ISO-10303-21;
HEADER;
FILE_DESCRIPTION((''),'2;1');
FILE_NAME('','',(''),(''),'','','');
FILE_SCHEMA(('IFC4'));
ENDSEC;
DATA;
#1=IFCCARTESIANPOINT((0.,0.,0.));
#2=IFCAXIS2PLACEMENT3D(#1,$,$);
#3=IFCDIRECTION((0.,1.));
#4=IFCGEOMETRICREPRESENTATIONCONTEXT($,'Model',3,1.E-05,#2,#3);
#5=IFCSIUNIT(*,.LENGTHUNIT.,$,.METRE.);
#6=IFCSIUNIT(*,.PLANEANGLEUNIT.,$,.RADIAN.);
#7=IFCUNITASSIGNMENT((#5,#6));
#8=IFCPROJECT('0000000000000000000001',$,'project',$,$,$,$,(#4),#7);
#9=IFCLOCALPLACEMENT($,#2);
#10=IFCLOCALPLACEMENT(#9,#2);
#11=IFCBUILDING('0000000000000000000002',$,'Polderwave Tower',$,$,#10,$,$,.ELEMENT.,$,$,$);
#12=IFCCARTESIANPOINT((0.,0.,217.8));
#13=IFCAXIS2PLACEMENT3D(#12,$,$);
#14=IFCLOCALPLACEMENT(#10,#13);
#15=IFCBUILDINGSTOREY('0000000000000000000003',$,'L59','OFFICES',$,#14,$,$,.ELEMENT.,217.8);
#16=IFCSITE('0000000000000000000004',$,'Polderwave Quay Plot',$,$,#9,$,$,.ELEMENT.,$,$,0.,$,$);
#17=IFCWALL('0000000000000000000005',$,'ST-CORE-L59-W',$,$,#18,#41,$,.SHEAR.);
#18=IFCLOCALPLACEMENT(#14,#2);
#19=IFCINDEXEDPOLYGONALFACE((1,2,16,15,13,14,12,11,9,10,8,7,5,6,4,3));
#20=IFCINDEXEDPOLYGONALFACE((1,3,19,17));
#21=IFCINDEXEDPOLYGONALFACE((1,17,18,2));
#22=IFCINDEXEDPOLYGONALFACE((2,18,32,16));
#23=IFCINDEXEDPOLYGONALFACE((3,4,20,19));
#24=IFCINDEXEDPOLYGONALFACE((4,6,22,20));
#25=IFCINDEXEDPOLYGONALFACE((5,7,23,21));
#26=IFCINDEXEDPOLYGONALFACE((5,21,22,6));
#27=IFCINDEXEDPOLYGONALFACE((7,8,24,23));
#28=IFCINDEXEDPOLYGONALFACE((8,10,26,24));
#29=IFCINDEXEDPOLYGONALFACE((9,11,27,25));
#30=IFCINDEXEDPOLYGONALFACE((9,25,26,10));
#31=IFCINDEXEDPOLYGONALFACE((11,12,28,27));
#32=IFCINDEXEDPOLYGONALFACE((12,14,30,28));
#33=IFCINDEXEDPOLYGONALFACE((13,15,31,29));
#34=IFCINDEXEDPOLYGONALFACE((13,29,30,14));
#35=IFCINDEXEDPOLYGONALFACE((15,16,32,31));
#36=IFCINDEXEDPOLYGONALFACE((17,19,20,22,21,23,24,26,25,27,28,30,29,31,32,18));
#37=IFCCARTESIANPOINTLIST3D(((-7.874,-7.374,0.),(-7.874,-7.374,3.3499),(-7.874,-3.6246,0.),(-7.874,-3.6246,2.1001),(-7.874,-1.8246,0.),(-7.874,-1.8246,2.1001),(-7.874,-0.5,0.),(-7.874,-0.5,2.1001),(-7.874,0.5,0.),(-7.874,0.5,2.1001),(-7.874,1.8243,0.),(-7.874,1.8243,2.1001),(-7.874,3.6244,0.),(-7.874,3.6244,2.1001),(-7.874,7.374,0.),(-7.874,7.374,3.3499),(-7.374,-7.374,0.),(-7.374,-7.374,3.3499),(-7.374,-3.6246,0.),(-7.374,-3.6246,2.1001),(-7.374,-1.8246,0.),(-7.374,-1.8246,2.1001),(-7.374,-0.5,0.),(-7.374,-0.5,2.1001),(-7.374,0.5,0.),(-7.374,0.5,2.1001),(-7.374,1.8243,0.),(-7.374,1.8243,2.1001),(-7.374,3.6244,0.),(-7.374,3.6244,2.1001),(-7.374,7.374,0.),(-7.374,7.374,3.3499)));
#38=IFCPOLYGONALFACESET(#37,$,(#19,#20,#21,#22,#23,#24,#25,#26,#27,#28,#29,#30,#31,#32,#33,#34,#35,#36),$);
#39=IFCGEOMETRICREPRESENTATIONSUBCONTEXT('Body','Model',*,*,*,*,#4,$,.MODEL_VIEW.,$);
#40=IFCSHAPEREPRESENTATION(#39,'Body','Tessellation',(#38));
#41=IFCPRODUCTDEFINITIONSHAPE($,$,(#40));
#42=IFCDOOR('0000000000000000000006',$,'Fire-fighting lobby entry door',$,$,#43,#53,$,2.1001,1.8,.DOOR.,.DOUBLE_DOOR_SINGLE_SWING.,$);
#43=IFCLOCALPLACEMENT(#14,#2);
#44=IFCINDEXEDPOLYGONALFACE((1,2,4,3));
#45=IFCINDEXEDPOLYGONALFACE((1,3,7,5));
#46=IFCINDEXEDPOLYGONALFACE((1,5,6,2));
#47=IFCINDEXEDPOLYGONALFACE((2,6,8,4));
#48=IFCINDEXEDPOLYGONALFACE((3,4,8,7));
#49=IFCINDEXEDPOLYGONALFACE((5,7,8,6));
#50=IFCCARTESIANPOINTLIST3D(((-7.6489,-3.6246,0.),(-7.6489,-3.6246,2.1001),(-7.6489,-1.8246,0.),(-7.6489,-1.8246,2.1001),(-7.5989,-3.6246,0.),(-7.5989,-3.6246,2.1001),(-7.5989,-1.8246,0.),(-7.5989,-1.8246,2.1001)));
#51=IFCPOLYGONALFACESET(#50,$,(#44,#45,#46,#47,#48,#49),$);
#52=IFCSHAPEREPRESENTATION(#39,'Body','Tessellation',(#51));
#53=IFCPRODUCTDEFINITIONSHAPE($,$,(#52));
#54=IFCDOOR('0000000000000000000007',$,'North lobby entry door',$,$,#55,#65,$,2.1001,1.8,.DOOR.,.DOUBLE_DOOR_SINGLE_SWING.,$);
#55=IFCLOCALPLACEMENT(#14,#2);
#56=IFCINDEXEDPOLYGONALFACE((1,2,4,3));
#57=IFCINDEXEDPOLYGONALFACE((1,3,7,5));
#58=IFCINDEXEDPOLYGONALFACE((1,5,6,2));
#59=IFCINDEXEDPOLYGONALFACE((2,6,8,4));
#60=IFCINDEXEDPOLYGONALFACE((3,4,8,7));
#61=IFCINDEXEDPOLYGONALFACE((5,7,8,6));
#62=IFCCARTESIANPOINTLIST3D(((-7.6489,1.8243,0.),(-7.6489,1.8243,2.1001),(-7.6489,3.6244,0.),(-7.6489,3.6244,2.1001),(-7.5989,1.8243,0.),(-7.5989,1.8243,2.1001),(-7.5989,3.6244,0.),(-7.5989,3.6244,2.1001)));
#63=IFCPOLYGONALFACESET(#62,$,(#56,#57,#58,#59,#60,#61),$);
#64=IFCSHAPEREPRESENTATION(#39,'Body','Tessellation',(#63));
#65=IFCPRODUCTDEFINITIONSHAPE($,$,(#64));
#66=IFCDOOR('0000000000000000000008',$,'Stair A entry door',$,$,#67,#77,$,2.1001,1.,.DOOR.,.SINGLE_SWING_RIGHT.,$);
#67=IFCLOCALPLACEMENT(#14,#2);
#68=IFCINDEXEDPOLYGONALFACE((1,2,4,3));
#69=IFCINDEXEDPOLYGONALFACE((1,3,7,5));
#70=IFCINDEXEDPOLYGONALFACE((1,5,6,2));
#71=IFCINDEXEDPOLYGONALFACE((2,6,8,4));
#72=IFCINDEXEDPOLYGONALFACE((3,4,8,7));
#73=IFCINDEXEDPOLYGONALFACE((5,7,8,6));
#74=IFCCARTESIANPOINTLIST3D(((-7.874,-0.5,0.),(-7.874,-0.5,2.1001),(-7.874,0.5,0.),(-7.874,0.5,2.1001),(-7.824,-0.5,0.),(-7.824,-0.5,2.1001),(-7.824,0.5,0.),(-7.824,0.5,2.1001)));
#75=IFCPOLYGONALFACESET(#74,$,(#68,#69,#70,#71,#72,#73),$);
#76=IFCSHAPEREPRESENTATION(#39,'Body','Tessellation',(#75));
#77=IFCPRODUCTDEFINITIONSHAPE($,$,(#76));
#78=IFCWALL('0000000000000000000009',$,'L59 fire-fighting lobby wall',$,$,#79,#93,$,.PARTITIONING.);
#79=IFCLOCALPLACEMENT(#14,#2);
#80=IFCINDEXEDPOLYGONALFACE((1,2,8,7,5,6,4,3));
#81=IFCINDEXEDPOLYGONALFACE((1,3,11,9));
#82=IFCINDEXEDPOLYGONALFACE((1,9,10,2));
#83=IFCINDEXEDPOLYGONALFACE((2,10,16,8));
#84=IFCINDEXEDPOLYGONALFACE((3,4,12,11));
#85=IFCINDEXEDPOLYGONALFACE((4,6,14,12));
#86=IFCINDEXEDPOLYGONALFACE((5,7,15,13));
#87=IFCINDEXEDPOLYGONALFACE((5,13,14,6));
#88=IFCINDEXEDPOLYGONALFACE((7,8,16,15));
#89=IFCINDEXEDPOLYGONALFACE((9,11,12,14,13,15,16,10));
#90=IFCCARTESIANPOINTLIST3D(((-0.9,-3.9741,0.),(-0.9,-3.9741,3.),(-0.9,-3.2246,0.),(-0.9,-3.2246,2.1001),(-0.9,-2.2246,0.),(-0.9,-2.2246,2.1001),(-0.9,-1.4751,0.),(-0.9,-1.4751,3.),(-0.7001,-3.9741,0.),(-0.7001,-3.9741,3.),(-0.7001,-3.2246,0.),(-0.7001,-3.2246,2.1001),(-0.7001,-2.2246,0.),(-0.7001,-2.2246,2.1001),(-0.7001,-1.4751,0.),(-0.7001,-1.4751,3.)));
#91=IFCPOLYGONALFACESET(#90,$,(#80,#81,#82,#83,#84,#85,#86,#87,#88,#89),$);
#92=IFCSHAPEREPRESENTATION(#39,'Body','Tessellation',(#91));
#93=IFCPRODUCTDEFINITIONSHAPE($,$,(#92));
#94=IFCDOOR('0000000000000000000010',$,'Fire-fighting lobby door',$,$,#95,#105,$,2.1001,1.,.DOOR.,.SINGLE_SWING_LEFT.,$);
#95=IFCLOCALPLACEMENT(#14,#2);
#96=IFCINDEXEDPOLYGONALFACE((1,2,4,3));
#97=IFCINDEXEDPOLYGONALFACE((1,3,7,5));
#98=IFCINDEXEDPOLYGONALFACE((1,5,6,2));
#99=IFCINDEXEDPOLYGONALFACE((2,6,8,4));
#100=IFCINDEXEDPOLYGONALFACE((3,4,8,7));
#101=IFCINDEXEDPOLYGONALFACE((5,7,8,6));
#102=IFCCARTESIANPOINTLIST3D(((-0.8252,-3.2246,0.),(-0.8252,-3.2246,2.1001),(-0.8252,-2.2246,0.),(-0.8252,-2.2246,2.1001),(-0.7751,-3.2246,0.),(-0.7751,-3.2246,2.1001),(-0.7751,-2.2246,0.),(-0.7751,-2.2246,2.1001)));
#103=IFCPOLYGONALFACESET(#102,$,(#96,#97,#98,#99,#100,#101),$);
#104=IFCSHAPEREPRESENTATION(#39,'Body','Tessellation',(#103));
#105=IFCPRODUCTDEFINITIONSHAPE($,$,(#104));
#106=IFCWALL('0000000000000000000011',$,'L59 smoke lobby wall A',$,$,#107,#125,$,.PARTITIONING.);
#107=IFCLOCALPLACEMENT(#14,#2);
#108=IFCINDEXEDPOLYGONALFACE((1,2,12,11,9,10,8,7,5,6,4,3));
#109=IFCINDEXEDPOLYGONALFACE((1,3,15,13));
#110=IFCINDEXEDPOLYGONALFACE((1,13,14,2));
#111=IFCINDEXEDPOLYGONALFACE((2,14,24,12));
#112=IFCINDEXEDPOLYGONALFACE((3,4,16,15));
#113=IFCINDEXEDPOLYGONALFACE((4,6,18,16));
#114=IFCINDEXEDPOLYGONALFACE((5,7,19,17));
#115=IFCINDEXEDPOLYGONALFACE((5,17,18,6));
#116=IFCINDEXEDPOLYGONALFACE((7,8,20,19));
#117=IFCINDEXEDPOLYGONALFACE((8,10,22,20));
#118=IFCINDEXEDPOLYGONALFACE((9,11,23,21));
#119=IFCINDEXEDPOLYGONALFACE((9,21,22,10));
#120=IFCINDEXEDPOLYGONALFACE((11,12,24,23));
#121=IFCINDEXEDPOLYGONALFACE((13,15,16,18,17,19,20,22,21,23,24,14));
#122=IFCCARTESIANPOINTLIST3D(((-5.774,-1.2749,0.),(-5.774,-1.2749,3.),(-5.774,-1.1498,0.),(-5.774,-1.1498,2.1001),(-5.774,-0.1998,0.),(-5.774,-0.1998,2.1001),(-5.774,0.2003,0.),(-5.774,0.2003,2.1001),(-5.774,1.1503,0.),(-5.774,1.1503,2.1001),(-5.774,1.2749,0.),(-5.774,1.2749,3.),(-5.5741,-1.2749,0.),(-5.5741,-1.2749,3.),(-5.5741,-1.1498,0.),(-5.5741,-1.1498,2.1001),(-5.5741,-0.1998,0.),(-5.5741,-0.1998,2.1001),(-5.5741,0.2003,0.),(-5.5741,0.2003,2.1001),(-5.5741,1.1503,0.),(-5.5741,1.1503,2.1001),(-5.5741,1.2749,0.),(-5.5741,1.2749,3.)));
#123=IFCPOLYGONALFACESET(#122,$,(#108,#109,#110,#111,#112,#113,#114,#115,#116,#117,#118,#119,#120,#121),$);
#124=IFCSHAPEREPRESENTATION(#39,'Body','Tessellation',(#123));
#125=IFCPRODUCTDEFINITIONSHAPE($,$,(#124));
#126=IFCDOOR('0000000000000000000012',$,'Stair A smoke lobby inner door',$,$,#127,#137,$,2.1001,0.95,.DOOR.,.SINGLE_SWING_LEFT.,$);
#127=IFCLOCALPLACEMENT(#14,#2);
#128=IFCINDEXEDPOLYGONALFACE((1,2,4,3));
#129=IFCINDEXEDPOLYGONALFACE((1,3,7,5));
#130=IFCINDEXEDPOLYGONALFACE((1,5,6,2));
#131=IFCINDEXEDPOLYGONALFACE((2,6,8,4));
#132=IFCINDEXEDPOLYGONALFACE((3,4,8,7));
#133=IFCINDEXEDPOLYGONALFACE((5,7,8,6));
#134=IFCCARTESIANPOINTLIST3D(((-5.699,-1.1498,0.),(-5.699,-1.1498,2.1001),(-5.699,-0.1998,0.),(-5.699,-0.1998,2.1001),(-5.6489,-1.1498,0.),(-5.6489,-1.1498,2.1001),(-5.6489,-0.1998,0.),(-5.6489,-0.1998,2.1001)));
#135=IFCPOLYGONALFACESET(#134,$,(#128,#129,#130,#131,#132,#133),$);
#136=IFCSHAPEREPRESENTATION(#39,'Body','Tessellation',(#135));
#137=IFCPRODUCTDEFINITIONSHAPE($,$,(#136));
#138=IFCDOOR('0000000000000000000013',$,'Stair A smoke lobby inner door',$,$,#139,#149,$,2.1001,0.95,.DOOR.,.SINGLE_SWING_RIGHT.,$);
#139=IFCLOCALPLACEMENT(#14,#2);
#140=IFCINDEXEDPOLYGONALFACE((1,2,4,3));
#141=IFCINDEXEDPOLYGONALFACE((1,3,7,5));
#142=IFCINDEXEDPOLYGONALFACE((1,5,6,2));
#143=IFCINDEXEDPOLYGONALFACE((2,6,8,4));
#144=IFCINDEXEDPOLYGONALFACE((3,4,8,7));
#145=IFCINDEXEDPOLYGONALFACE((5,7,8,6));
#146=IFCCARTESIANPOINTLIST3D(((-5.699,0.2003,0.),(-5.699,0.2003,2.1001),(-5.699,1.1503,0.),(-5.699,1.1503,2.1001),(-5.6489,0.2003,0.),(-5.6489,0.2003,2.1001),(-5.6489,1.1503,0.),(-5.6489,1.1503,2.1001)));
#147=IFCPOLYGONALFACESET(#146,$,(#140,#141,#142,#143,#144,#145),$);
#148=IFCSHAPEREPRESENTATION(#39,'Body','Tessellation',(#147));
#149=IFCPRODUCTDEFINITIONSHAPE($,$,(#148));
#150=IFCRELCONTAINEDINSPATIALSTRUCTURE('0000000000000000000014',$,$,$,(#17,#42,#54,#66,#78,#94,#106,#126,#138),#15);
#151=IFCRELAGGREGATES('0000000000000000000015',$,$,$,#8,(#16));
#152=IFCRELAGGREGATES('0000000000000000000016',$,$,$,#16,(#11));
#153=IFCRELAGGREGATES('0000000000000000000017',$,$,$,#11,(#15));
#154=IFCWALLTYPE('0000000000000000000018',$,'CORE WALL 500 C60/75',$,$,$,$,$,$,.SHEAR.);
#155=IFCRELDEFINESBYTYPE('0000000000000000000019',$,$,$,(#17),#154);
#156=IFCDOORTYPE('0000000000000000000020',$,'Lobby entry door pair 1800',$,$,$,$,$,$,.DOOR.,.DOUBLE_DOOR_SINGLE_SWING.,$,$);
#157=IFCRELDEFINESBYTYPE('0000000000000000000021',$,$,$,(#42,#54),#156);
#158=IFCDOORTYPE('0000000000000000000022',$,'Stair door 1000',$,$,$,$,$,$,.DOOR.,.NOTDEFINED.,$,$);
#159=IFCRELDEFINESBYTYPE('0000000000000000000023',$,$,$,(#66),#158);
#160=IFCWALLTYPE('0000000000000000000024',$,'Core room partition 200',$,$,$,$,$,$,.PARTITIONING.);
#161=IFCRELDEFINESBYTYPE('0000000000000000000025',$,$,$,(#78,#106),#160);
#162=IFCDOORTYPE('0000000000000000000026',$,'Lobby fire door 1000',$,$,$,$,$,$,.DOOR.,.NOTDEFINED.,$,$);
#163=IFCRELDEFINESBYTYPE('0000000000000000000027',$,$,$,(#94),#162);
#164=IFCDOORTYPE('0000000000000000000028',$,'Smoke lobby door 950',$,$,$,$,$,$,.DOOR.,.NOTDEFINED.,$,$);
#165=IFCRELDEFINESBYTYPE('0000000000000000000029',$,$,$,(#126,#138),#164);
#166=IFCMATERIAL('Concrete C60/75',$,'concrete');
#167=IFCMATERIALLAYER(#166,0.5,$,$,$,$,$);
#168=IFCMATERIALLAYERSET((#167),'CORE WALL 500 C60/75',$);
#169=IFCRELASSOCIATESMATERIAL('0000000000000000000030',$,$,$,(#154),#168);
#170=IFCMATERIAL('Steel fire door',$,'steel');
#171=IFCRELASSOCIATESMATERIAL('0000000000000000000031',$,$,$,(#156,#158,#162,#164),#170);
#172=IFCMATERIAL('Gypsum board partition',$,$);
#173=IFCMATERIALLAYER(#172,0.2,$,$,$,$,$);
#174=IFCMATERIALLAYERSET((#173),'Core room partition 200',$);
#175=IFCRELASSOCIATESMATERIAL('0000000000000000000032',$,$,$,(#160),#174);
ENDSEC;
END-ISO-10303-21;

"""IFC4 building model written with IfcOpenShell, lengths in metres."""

from ifc_helpers import new_model, si_unit, direction, frame, frame_2d, origin, place, context, subcontext, project, spatial, rectangle, extrude, material, layer, layer_set, type_object, element, fill, save


model = new_model("IFC4")

# Units and contexts
model_context = context("Model", 3, precision=1e-05, world=origin(), true_north=direction((0.0, 1.0)))
body_context = subcontext(model_context, "Body", "Model", "MODEL_VIEW")
ifc_project = project(units=[si_unit("LENGTHUNIT", "METRE"), si_unit("PLANEANGLEUNIT", "RADIAN")], contexts=[model_context])

# Site, building, storey
site_placement = place(None, origin())
site = spatial("IfcSite", under=ifc_project, at=site_placement, Name="Polderwave Quay Plot", CompositionType="ELEMENT", RefElevation=0.0)
building_placement = place(site_placement, origin())
building = spatial("IfcBuilding", under=site, at=building_placement, Name="Polderwave Tower", CompositionType="ELEMENT")
storey_placement = place(building_placement, frame((0.0, 0.0, 217.8)))
storey = spatial("IfcBuildingStorey", under=building, at=storey_placement, Name="L59", Description="OFFICES", CompositionType="ELEMENT", Elevation=217.8)

# Wall, openings, doors
ifc_material_1 = material(Name="Concrete C60/75", Category="concrete")
ifc_layer_1 = layer(ifc_material_1, 0.5)
ifc_layer_set_1 = layer_set([ifc_layer_1], Name="CORE WALL 500 C60/75")
wall_type_1 = type_object("IfcWallType", Name="CORE WALL 500 C60/75", PredefinedType="SHEAR", material=ifc_layer_set_1)
wall_1_placement = place(storey_placement, frame((-7.624, -7.374, 0.0), z_axis=(0.0, 0.0, 1.0), x_axis=(0.0, 1.0, 0.0)))
wall_1 = element("IfcWall", 1, at=wall_1_placement, inside=storey, type_object=wall_type_1, Name="ST-CORE-L59-W", PredefinedType="SHEAR", context=body_context, shape_type="SweptSolid", body=[
    extrude(rectangle(XDim=14.748, YDim=0.5, at=frame_2d((7.374, 0.0))), origin(), (0.0, 0.0, 1.0), 3.3499),
])
opening_1_placement = place(wall_1_placement, frame((6.874, 0.0, 0.0)))
opening_1 = element("IfcOpeningElement", 2, at=opening_1_placement, cuts=wall_1, PredefinedType="OPENING", context=body_context, shape_type="SweptSolid", body=[
    extrude(rectangle(XDim=1.0, YDim=2.1001, at=frame_2d((0.5, 1.05))), frame((0.0, 0.26, 0.0), z_axis=(0.0, -1.0, 0.0), x_axis=(1.0, 0.0, 0.0)), (0.0, 0.0, 1.0), 0.52),
])
opening_2_placement = place(wall_1_placement, frame((3.7495, 0.0, 0.0)))
opening_2 = element("IfcOpeningElement", 3, at=opening_2_placement, cuts=wall_1, PredefinedType="OPENING", context=body_context, shape_type="SweptSolid", body=[
    extrude(rectangle(XDim=1.8, YDim=2.1001, at=frame_2d((0.8999, 1.05))), frame((0.0, 0.26, 0.0), z_axis=(0.0, -1.0, 0.0), x_axis=(1.0, 0.0, 0.0)), (0.0, 0.0, 1.0), 0.52),
])
opening_3_placement = place(wall_1_placement, frame((9.1985, 0.0, 0.0)))
opening_3 = element("IfcOpeningElement", 4, at=opening_3_placement, cuts=wall_1, PredefinedType="OPENING", context=body_context, shape_type="SweptSolid", body=[
    extrude(rectangle(XDim=1.8, YDim=2.1001, at=frame_2d((0.8999, 1.05))), frame((0.0, 0.26, 0.0), z_axis=(0.0, -1.0, 0.0), x_axis=(1.0, 0.0, 0.0)), (0.0, 0.0, 1.0), 0.52),
])
ifc_material_2 = material(Name="Steel fire door", Category="steel")
door_type_1 = type_object("IfcDoorType", Name="Lobby entry door pair 1800", OperationType="DOUBLE_DOOR_SINGLE_SWING", PredefinedType="DOOR", material=ifc_material_2)
door_1_placement = place(opening_2_placement, origin())
door_1 = element("IfcDoor", 5, at=door_1_placement, inside=storey, type_object=door_type_1, Name="Fire-fighting lobby entry door", OperationType="DOUBLE_DOOR_SINGLE_SWING", OverallHeight=2.1001, OverallWidth=1.8, PredefinedType="DOOR", context=body_context, shape_type="SweptSolid", body=[
    extrude(rectangle(XDim=1.8, YDim=2.1001, at=frame_2d((0.8999, 1.05))), frame((0.0, 0.0249, 0.0), z_axis=(0.0, -1.0, 0.0), x_axis=(1.0, 0.0, 0.0)), (0.0, 0.0, 1.0), 0.05),
])
fill(opening_2, door_1)
door_2_placement = place(opening_3_placement, origin())
door_2 = element("IfcDoor", 6, at=door_2_placement, inside=storey, type_object=door_type_1, Name="North lobby entry door", OperationType="DOUBLE_DOOR_SINGLE_SWING", OverallHeight=2.1001, OverallWidth=1.8, PredefinedType="DOOR", context=body_context, shape_type="SweptSolid", body=[
    extrude(rectangle(XDim=1.8, YDim=2.1001, at=frame_2d((0.8999, 1.05))), frame((0.0, 0.0249, 0.0), z_axis=(0.0, -1.0, 0.0), x_axis=(1.0, 0.0, 0.0)), (0.0, 0.0, 1.0), 0.05),
])
fill(opening_3, door_2)
door_type_2 = type_object("IfcDoorType", Name="Stair door 1000", OperationType="NOTDEFINED", PredefinedType="DOOR", material=ifc_material_2)
door_3_placement = place(opening_1_placement, origin())
door_3 = element("IfcDoor", 7, at=door_3_placement, inside=storey, type_object=door_type_2, Name="Stair A entry door", OperationType="SINGLE_SWING_RIGHT", OverallHeight=2.1001, OverallWidth=1.0, PredefinedType="DOOR", context=body_context, shape_type="SweptSolid", body=[
    extrude(rectangle(XDim=1.0, YDim=2.1001, at=frame_2d((0.5, 1.05))), frame((0.0, 0.25, 0.0), z_axis=(0.0, -1.0, 0.0), x_axis=(1.0, 0.0, 0.0)), (0.0, 0.0, 1.0), 0.05),
])
fill(opening_1, door_3)

# Wall, opening, door
ifc_material_3 = material(Name="Gypsum board partition")
ifc_layer_2 = layer(ifc_material_3, 0.2)
ifc_layer_set_2 = layer_set([ifc_layer_2], Name="Core room partition 200")
wall_type_2 = type_object("IfcWallType", Name="Core room partition 200", PredefinedType="PARTITIONING", material=ifc_layer_set_2)
wall_2_placement = place(storey_placement, frame((-0.8, -3.9741, 0.0), z_axis=(0.0, 0.0, 1.0), x_axis=(0.0, 1.0, 0.0)))
wall_2 = element("IfcWall", 8, at=wall_2_placement, inside=storey, type_object=wall_type_2, Name="L59 fire-fighting lobby wall", PredefinedType="PARTITIONING", context=body_context, shape_type="SweptSolid", body=[
    extrude(rectangle(XDim=2.499, YDim=0.2, at=frame_2d((1.2495, 0.0))), origin(), (0.0, 0.0, 1.0), 3.0),
])
opening_4_placement = place(wall_2_placement, frame((0.7495, 0.0, 0.0)))
opening_4 = element("IfcOpeningElement", 9, at=opening_4_placement, cuts=wall_2, PredefinedType="OPENING", context=body_context, shape_type="SweptSolid", body=[
    extrude(rectangle(XDim=1.0, YDim=2.1001, at=frame_2d((0.5, 1.05))), frame((0.0, 0.1099, 0.0), z_axis=(0.0, -1.0, 0.0), x_axis=(1.0, 0.0, 0.0)), (0.0, 0.0, 1.0), 0.22),
])
door_type_3 = type_object("IfcDoorType", Name="Lobby fire door 1000", OperationType="NOTDEFINED", PredefinedType="DOOR", material=ifc_material_2)
door_4_placement = place(opening_4_placement, frame((1.0, 0.0, 0.0), z_axis=(0.0, 0.0, 1.0), x_axis=(-1.0, 0.0, 0.0)))
door_4 = element("IfcDoor", 10, at=door_4_placement, inside=storey, type_object=door_type_3, Name="Fire-fighting lobby door", OperationType="SINGLE_SWING_LEFT", OverallHeight=2.1001, OverallWidth=1.0, PredefinedType="DOOR", context=body_context, shape_type="SweptSolid", body=[
    extrude(rectangle(XDim=1.0, YDim=2.1001, at=frame_2d((0.5, 1.05))), frame((0.0, 0.0249, 0.0), z_axis=(0.0, -1.0, 0.0), x_axis=(1.0, 0.0, 0.0)), (0.0, 0.0, 1.0), 0.05),
])
fill(opening_4, door_4)

# Wall, openings, doors
wall_3_placement = place(storey_placement, frame((-5.6741, -1.2749, 0.0), z_axis=(0.0, 0.0, 1.0), x_axis=(0.0, 1.0, 0.0)))
wall_3 = element("IfcWall", 11, at=wall_3_placement, inside=storey, type_object=wall_type_2, Name="L59 smoke lobby wall A", PredefinedType="PARTITIONING", context=body_context, shape_type="SweptSolid", body=[
    extrude(rectangle(XDim=2.5498, YDim=0.2, at=frame_2d((1.2749, 0.0))), origin(), (0.0, 0.0, 1.0), 3.0),
])
opening_5_placement = place(wall_3_placement, frame((0.125, 0.0, 0.0)))
opening_5 = element("IfcOpeningElement", 12, at=opening_5_placement, cuts=wall_3, PredefinedType="OPENING", context=body_context, shape_type="SweptSolid", body=[
    extrude(rectangle(XDim=0.95, YDim=2.1001, at=frame_2d((0.4751, 1.05))), frame((0.0, 0.1099, 0.0), z_axis=(0.0, -1.0, 0.0), x_axis=(1.0, 0.0, 0.0)), (0.0, 0.0, 1.0), 0.22),
])
opening_6_placement = place(wall_3_placement, frame((1.4751, 0.0, 0.0)))
opening_6 = element("IfcOpeningElement", 13, at=opening_6_placement, cuts=wall_3, PredefinedType="OPENING", context=body_context, shape_type="SweptSolid", body=[
    extrude(rectangle(XDim=0.95, YDim=2.1001, at=frame_2d((0.4751, 1.05))), frame((0.0, 0.1099, 0.0), z_axis=(0.0, -1.0, 0.0), x_axis=(1.0, 0.0, 0.0)), (0.0, 0.0, 1.0), 0.22),
])
door_type_4 = type_object("IfcDoorType", Name="Smoke lobby door 950", OperationType="NOTDEFINED", PredefinedType="DOOR", material=ifc_material_2)
door_5_placement = place(opening_5_placement, origin())
door_5 = element("IfcDoor", 14, at=door_5_placement, inside=storey, type_object=door_type_4, Name="Stair A smoke lobby inner door", OperationType="SINGLE_SWING_LEFT", OverallHeight=2.1001, OverallWidth=0.95, PredefinedType="DOOR", context=body_context, shape_type="SweptSolid", body=[
    extrude(rectangle(XDim=0.95, YDim=2.1001, at=frame_2d((0.4751, 1.05))), frame((0.0, 0.0249, 0.0), z_axis=(0.0, -1.0, 0.0), x_axis=(1.0, 0.0, 0.0)), (0.0, 0.0, 1.0), 0.05),
])
fill(opening_5, door_5)
door_6_placement = place(opening_6_placement, origin())
door_6 = element("IfcDoor", 15, at=door_6_placement, inside=storey, type_object=door_type_4, Name="Stair A smoke lobby inner door", OperationType="SINGLE_SWING_RIGHT", OverallHeight=2.1001, OverallWidth=0.95, PredefinedType="DOOR", context=body_context, shape_type="SweptSolid", body=[
    extrude(rectangle(XDim=0.95, YDim=2.1001, at=frame_2d((0.4751, 1.05))), frame((0.0, 0.0249, 0.0), z_axis=(0.0, -1.0, 0.0), x_axis=(1.0, 0.0, 0.0)), (0.0, 0.0, 1.0), 0.05),
])
fill(opening_6, door_6)

save(model, "model.ifc")
